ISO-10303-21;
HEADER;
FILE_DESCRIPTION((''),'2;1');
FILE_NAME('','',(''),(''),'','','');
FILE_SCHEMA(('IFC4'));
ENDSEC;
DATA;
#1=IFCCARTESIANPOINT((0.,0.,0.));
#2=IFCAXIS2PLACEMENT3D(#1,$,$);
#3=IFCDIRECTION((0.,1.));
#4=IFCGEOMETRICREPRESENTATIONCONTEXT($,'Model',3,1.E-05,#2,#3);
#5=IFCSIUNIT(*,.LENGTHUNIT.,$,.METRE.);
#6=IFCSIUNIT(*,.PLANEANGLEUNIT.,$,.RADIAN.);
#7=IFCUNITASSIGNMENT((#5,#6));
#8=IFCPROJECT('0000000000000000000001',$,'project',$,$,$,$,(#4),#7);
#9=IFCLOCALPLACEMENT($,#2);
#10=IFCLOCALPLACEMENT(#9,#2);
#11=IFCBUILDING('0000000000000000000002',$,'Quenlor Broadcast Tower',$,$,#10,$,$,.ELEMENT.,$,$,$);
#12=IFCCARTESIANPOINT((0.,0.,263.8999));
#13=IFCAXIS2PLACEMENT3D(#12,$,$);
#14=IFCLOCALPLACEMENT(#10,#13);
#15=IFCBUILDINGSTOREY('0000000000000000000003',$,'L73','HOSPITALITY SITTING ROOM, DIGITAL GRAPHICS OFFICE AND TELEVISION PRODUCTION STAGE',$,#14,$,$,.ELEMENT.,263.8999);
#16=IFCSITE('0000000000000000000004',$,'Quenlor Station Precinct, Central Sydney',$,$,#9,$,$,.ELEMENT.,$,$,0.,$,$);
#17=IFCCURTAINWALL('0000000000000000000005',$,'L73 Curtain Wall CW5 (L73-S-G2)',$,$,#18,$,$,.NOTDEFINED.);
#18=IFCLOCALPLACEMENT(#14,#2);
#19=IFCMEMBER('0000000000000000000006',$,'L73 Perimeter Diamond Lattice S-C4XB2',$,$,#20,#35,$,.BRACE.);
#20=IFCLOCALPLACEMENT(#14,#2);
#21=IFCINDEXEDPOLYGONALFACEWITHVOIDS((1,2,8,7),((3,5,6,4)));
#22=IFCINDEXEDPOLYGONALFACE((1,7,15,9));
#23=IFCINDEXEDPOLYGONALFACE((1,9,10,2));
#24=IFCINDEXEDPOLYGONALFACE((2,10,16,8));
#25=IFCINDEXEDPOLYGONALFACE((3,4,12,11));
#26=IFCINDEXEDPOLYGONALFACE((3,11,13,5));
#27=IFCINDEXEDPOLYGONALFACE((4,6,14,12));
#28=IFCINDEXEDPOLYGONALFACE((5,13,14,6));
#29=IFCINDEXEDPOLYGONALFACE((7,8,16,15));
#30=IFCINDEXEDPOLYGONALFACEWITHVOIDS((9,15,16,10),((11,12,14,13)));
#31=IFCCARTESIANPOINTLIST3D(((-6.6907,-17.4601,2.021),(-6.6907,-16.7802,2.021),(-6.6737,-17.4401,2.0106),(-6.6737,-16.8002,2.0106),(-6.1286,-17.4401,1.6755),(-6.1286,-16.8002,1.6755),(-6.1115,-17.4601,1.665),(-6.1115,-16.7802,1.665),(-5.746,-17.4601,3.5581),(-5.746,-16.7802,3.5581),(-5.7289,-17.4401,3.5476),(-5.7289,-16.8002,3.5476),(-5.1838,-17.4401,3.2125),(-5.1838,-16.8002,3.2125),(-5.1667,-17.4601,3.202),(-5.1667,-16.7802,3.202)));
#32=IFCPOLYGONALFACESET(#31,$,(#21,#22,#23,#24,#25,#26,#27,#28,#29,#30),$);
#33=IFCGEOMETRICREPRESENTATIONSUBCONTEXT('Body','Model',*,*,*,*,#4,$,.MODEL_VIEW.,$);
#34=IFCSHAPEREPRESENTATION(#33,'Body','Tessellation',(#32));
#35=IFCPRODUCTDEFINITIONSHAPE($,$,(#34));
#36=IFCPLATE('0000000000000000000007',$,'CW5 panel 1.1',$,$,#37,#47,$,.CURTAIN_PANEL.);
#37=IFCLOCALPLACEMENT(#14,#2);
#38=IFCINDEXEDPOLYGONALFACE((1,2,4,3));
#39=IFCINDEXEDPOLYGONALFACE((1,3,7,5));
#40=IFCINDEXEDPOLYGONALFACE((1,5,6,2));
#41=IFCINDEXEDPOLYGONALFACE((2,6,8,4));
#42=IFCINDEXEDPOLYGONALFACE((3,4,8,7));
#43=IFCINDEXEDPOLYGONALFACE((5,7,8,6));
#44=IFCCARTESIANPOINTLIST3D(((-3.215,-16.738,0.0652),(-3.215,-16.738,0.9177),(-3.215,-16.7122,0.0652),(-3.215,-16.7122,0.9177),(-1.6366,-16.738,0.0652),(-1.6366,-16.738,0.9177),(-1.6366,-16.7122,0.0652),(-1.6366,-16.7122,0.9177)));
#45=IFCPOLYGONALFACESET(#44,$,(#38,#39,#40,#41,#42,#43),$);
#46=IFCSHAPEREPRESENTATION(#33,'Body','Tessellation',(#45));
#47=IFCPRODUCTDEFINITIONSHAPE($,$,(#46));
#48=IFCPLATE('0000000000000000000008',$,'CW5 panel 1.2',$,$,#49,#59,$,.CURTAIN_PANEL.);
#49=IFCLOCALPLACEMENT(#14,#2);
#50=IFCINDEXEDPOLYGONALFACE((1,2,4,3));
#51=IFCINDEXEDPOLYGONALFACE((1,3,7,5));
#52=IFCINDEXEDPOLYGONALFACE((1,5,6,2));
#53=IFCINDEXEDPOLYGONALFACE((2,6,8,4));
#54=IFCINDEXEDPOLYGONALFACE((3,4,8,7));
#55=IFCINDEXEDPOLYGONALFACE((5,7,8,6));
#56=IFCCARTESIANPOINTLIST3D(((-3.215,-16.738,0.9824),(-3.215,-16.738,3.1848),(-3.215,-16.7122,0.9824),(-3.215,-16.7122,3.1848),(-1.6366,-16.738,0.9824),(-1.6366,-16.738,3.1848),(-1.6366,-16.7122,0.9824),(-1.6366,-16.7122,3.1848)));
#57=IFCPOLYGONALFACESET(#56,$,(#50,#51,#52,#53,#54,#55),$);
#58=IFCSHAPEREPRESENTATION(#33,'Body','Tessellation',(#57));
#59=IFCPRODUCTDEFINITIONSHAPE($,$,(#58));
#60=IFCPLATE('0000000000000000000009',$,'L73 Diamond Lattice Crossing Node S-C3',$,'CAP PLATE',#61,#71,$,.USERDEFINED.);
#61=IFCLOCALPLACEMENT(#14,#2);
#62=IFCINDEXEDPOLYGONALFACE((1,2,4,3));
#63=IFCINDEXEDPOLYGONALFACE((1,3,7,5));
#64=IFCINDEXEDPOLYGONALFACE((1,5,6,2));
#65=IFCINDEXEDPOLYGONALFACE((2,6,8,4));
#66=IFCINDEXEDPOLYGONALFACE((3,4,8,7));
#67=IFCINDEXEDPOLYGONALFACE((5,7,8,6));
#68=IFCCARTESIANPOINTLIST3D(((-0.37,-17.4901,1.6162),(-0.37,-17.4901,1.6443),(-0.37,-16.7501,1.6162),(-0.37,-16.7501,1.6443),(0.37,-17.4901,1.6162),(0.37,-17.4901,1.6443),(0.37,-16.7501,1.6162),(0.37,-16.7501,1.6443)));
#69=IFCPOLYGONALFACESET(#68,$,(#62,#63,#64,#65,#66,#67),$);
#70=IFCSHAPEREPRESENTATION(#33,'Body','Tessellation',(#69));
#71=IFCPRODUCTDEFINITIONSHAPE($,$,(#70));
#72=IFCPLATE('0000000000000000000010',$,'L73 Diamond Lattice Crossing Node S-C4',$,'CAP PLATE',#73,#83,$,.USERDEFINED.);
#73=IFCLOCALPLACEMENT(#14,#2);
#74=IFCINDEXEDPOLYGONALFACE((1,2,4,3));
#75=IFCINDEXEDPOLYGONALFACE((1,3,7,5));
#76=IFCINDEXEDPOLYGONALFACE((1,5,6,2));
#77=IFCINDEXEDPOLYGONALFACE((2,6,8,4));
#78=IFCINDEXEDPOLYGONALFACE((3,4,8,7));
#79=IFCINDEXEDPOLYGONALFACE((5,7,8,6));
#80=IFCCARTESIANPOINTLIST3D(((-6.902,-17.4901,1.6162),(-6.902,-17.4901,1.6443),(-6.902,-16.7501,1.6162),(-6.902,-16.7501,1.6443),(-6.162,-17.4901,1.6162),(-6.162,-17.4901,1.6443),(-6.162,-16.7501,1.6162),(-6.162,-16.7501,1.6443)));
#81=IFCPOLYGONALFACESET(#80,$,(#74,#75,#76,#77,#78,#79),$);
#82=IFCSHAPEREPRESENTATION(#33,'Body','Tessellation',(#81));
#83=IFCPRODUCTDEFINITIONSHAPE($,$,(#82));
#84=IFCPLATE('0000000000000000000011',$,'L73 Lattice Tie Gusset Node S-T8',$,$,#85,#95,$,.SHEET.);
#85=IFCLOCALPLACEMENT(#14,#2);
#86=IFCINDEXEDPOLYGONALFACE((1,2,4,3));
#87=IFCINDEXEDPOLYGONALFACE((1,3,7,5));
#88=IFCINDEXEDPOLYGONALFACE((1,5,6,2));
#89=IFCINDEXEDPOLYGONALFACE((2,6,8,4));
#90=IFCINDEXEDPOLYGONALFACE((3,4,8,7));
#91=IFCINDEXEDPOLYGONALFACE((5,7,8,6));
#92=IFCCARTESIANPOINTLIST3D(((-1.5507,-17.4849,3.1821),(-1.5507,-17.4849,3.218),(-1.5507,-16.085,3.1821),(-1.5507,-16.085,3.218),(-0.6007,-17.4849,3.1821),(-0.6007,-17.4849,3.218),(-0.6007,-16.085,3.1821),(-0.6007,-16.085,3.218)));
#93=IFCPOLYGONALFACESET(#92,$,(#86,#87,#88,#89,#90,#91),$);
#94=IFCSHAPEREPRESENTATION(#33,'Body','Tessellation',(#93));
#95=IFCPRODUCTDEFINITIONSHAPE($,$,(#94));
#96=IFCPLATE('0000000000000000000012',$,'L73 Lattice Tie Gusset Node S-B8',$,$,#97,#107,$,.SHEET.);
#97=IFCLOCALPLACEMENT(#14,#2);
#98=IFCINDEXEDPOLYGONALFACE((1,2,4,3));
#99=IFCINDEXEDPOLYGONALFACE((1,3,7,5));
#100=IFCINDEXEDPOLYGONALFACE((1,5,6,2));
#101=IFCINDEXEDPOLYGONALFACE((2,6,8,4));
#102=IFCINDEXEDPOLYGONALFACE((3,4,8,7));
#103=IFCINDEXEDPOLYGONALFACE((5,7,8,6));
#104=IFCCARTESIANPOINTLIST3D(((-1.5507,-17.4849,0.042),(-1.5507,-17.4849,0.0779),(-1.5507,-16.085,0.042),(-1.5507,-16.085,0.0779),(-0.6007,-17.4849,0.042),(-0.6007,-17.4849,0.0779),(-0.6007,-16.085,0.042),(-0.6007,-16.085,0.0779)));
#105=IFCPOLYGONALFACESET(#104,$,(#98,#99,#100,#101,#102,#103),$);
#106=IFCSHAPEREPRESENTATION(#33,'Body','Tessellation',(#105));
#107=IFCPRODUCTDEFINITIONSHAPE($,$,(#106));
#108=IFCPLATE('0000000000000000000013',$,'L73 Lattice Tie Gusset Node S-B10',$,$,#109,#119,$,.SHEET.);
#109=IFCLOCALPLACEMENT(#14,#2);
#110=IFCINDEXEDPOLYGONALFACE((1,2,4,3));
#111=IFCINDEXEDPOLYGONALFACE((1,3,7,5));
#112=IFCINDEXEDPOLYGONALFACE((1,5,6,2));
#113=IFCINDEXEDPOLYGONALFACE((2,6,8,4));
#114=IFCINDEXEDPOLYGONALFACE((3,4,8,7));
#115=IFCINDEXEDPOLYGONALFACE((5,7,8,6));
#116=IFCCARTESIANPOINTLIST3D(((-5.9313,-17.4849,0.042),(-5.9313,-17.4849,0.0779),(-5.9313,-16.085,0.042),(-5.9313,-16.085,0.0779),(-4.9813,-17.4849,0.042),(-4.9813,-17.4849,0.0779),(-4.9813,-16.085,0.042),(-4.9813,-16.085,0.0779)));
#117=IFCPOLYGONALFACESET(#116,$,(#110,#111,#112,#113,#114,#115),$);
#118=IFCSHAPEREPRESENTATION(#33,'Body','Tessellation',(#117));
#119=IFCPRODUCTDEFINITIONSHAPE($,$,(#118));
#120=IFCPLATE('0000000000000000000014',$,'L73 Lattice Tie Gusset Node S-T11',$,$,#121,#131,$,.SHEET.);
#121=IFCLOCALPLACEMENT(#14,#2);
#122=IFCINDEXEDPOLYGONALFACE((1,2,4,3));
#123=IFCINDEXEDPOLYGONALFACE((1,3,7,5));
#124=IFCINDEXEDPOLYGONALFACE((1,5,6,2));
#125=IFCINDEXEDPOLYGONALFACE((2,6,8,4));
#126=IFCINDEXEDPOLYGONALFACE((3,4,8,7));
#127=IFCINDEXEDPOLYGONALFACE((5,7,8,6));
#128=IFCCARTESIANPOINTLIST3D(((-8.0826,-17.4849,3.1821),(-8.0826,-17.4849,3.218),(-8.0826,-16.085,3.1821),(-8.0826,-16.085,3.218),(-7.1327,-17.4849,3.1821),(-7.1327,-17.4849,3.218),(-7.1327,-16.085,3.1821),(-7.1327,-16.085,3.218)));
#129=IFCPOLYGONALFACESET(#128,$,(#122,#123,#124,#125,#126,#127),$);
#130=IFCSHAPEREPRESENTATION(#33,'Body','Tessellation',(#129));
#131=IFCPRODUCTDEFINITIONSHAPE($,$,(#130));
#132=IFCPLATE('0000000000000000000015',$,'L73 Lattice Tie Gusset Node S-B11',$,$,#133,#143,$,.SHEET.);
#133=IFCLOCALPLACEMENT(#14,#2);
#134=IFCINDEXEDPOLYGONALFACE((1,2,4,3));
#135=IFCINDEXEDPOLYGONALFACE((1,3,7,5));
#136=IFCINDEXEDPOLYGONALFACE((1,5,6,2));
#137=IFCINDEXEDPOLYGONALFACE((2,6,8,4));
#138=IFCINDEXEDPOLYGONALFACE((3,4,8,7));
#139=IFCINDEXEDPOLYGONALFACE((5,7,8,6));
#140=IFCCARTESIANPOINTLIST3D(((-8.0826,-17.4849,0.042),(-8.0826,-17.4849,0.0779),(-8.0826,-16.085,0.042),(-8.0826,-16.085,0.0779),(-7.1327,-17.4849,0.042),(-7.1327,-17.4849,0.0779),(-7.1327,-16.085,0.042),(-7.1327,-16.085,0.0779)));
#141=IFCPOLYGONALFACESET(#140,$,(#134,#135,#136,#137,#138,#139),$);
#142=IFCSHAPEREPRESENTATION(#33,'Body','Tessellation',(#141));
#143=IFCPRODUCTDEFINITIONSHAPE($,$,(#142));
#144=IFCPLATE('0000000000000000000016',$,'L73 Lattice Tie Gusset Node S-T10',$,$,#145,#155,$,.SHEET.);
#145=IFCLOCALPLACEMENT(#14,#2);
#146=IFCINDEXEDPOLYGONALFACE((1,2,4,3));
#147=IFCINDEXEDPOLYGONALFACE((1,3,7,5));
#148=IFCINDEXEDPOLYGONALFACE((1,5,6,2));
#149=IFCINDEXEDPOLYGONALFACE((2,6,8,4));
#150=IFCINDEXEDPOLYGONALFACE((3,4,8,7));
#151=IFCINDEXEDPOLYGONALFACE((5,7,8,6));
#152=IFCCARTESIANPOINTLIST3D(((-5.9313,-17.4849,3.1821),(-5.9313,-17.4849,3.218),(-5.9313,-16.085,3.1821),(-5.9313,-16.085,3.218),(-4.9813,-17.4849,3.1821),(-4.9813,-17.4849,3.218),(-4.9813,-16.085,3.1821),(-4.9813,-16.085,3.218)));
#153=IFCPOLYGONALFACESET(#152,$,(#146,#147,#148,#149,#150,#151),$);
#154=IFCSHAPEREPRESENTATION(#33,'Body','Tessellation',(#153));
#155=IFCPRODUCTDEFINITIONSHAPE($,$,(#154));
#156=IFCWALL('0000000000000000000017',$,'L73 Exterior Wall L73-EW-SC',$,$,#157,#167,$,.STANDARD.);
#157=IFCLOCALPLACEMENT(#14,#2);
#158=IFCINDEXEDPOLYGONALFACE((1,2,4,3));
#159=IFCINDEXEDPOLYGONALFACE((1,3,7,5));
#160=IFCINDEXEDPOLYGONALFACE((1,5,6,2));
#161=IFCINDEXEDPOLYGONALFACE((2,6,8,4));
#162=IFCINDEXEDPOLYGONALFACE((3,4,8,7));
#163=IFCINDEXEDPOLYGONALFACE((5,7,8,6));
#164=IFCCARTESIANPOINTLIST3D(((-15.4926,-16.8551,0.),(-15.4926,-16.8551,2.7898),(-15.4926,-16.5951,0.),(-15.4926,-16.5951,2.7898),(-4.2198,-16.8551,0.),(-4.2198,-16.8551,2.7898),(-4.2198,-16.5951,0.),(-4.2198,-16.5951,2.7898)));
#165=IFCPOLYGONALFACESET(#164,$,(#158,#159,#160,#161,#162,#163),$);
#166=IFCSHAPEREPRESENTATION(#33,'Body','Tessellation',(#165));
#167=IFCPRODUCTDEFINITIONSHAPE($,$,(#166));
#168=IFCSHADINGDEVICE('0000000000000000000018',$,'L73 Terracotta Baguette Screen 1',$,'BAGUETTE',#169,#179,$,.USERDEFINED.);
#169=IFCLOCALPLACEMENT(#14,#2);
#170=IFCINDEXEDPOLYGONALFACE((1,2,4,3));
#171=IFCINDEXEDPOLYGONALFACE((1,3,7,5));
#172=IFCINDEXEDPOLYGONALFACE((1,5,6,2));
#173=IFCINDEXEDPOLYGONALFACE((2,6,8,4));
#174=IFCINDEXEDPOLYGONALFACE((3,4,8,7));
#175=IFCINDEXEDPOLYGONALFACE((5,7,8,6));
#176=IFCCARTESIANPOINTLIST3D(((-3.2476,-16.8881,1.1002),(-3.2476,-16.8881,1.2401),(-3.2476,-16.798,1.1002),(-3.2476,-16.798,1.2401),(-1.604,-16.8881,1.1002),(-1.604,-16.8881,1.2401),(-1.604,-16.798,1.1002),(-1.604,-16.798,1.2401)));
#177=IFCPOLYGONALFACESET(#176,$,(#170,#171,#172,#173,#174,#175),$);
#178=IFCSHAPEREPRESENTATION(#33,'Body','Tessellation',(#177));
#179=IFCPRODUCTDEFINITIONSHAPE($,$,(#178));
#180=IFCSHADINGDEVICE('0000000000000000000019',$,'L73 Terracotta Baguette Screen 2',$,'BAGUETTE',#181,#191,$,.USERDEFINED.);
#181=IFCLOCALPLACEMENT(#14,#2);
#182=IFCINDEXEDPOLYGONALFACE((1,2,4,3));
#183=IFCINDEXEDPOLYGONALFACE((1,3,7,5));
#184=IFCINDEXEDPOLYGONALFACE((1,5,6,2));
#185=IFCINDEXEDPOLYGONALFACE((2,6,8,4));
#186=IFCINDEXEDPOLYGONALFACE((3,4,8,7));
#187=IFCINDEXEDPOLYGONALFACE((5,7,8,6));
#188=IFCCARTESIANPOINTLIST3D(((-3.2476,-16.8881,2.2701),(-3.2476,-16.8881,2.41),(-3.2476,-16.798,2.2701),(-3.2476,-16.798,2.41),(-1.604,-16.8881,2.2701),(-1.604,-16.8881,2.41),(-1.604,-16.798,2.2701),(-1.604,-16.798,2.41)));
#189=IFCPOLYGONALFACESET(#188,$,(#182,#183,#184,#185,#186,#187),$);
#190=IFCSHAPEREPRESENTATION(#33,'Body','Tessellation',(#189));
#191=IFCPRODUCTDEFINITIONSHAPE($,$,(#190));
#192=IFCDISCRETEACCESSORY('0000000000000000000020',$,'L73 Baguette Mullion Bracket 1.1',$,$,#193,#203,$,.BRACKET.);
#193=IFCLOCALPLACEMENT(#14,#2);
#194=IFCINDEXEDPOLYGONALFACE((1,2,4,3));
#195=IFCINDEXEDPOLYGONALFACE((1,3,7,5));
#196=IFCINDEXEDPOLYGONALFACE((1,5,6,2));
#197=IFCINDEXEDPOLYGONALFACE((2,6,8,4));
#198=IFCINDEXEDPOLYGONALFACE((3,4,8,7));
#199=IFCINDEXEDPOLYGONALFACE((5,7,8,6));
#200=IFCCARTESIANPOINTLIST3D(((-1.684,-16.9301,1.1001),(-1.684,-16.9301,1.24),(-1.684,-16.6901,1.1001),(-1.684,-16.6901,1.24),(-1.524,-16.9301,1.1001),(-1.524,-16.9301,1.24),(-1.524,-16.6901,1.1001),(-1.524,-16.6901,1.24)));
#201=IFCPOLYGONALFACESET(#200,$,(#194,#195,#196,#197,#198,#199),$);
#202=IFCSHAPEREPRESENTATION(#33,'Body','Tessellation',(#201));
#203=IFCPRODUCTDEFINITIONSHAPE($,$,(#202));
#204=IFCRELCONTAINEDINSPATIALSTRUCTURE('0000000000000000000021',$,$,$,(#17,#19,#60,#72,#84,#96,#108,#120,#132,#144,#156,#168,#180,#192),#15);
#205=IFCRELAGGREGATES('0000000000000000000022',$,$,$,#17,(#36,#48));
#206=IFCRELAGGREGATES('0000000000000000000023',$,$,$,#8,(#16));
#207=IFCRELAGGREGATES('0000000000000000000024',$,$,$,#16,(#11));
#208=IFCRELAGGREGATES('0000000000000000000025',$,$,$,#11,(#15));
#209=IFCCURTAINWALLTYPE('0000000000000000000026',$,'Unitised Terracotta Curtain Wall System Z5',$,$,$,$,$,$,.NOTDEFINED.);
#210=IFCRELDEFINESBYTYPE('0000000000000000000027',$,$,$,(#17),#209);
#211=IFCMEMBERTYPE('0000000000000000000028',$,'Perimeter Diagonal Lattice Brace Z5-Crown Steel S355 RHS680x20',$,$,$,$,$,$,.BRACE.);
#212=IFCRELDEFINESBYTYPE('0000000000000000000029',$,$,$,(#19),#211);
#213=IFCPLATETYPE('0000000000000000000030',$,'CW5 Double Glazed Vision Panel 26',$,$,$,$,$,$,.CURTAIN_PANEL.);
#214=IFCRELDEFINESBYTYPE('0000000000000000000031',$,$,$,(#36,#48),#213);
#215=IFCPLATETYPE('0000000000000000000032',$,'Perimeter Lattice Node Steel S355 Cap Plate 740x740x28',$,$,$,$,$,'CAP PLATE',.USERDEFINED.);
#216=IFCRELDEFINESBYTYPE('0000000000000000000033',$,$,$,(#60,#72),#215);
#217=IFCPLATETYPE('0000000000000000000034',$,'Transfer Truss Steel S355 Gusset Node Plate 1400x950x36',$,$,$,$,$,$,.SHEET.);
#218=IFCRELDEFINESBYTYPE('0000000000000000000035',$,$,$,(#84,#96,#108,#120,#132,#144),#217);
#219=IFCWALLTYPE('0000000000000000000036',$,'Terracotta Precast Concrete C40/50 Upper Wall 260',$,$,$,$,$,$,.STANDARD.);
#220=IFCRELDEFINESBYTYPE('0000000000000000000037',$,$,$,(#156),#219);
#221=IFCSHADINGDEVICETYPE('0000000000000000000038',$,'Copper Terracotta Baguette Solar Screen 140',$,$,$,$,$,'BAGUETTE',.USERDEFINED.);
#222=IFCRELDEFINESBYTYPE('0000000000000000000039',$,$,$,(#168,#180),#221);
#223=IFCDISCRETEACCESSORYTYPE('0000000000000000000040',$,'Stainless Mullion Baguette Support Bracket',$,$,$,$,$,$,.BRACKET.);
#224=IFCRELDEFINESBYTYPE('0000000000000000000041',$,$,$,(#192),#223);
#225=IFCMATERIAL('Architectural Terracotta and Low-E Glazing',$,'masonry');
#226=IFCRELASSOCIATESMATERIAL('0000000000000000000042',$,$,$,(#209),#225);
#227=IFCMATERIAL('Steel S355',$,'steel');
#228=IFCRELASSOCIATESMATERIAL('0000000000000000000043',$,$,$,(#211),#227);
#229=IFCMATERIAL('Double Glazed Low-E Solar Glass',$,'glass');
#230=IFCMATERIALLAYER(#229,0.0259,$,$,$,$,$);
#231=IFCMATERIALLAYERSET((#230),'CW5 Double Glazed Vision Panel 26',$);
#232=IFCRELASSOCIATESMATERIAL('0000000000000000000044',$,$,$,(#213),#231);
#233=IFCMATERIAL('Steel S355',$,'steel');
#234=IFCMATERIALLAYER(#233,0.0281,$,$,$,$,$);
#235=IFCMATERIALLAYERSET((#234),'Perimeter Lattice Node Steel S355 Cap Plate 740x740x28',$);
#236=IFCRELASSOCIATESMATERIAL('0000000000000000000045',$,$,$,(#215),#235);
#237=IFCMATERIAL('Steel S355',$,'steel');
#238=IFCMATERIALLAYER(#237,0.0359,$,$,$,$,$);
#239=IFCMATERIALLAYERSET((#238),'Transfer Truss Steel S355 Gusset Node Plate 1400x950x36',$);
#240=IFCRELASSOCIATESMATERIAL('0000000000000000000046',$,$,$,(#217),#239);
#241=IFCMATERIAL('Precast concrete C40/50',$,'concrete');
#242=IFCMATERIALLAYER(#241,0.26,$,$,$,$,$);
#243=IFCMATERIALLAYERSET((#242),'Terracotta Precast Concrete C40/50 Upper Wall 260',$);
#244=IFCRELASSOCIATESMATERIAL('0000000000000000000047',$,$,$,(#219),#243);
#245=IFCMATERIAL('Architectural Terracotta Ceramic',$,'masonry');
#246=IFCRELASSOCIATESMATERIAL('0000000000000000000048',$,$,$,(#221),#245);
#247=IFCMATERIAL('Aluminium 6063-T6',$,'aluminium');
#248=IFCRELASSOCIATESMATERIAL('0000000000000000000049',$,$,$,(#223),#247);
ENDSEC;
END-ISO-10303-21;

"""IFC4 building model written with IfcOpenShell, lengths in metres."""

from ifc_helpers import new_model, si_unit, direction, frame, frame_2d, origin, origin_2d, place, context, subcontext, project, spatial, rectangle, hollow_rectangle, extrude, material, layer, layer_set, material_profile, profile_set, type_object, element, aggregate, save


model = new_model("IFC4")

# Units and contexts
model_context = context("Model", 3, precision=1e-05, world=origin(), true_north=direction((0.0, 1.0)))
body_context = subcontext(model_context, "Body", "Model", "MODEL_VIEW")
ifc_project = project(units=[si_unit("LENGTHUNIT", "METRE"), si_unit("PLANEANGLEUNIT", "RADIAN")], contexts=[model_context])

# Site, building, storey
site_placement = place(None, origin())
site = spatial("IfcSite", under=ifc_project, at=site_placement, Name="Quenlor Station Precinct, Central Sydney", CompositionType="ELEMENT", RefElevation=0.0)
building_placement = place(site_placement, origin())
building = spatial("IfcBuilding", under=site, at=building_placement, Name="Quenlor Broadcast Tower", CompositionType="ELEMENT")
storey_placement = place(building_placement, frame((0.0, 0.0, 263.8999)))
storey = spatial("IfcBuildingStorey", under=building, at=storey_placement, Name="L73", Description="HOSPITALITY SITTING ROOM, DIGITAL GRAPHICS OFFICE AND TELEVISION PRODUCTION STAGE", CompositionType="ELEMENT", Elevation=263.8999)

# Curtain wall
ifc_material_1 = material(Name="Architectural Terracotta and Low-E Glazing", Category="masonry")
curtain_wall_type = type_object("IfcCurtainWallType", Name="Unitised Terracotta Curtain Wall System Z5", PredefinedType="NOTDEFINED", material=ifc_material_1)
curtain_wall_placement = place(storey_placement, origin())
curtain_wall = element("IfcCurtainWall", 1, at=curtain_wall_placement, inside=storey, type_object=curtain_wall_type, Name="L73 Curtain Wall CW5 (L73-S-G2)", PredefinedType="NOTDEFINED")

# Member
ifc_material_2 = material(Name="Steel S355", Category="steel")
ifc_material_profile_1 = material_profile(ifc_material_2, hollow_rectangle(XDim=0.6799, YDim=0.6799, WallThickness=0.02, at=origin_2d()))
ifc_profile_set_1 = profile_set([ifc_material_profile_1], Name="Steel S355 RHS680x680x20")
member_type_1 = type_object("IfcMemberType", Name="Perimeter Diagonal Lattice Brace Z5-Crown Steel S355 RHS680x20", PredefinedType="BRACE", material=ifc_profile_set_1)
member_1_placement = place(storey_placement, frame((-6.4011, -17.1201, 1.843), z_axis=(0.523659, 0.0, 0.851928), x_axis=(0.0, 1.0, 0.0)))
element("IfcMember", 2, at=member_1_placement, inside=storey, type_object=member_type_1, Name="L73 Perimeter Diamond Lattice S-C4XB2", PredefinedType="BRACE", context=body_context, shape_type="SweptSolid", body=[
    extrude(hollow_rectangle(XDim=0.6799, YDim=0.6799, WallThickness=0.02, at=origin_2d()), origin(), (0.0, 0.0, 1.0), 1.8042),
])

# Plates
ifc_material_3 = material(Name="Double Glazed Low-E Solar Glass", Category="glass")
ifc_layer_1 = layer(ifc_material_3, 0.0259)
ifc_layer_set_1 = layer_set([ifc_layer_1], Name="CW5 Double Glazed Vision Panel 26")
plate_type_1 = type_object("IfcPlateType", Name="CW5 Double Glazed Vision Panel 26", PredefinedType="CURTAIN_PANEL", material=ifc_layer_set_1)
plate_1_placement = place(storey_placement, frame((-2.4258, -16.7251, 0.0652), z_axis=(0.0, 0.0, 1.0), x_axis=(-1.0, 0.0, 0.0)))
plate_1 = element("IfcPlate", 3, at=plate_1_placement, type_object=plate_type_1, Name="CW5 panel 1.1", PredefinedType="CURTAIN_PANEL", context=body_context, shape_type="SweptSolid", body=[
    extrude(rectangle(XDim=1.5784, YDim=0.0259, at=origin_2d()), origin(), (0.0, 0.0, 1.0), 0.8525),
])
plate_2_placement = place(storey_placement, frame((-2.4258, -16.7251, 0.9824), z_axis=(0.0, 0.0, 1.0), x_axis=(-1.0, 0.0, 0.0)))
plate_2 = element("IfcPlate", 4, at=plate_2_placement, type_object=plate_type_1, Name="CW5 panel 1.2", PredefinedType="CURTAIN_PANEL", context=body_context, shape_type="SweptSolid", body=[
    extrude(rectangle(XDim=1.5784, YDim=0.0259, at=origin_2d()), origin(), (0.0, 0.0, 1.0), 2.2024),
])
aggregate(curtain_wall, [plate_1, plate_2])

# Plates
ifc_material_4 = material(Name="Steel S355", Category="steel")
ifc_layer_2 = layer(ifc_material_4, 0.0281)
ifc_layer_set_2 = layer_set([ifc_layer_2], Name="Perimeter Lattice Node Steel S355 Cap Plate 740x740x28")
plate_type_2 = type_object("IfcPlateType", Name="Perimeter Lattice Node Steel S355 Cap Plate 740x740x28", ElementType="CAP PLATE", PredefinedType="USERDEFINED", material=ifc_layer_set_2)
for number, where, z_axis, x_axis, name in (
    (5, (0.0, -17.1201, 1.6162), (0.0, 0.0, 1.0), (-1.0, 0.0, 0.0), "L73 Diamond Lattice Crossing Node S-C3"),
    (6, (-6.532, -17.1201, 1.6162), (0.0, 0.0, 1.0), (-1.0, 0.0, 0.0), "L73 Diamond Lattice Crossing Node S-C4"),
):
    element("IfcPlate", number, at=place(storey_placement, frame(where, z_axis=z_axis, x_axis=x_axis)), inside=storey, type_object=plate_type_2, Name=name, ObjectType="CAP PLATE", PredefinedType="USERDEFINED", context=body_context, shape_type="SweptSolid", body=[
        extrude(rectangle(XDim=0.74, YDim=0.74, at=origin_2d()), origin(), (0.0, 0.0, 1.0), 0.0281),
    ])
ifc_material_5 = material(Name="Steel S355", Category="steel")
ifc_layer_3 = layer(ifc_material_5, 0.0359)
ifc_layer_set_3 = layer_set([ifc_layer_3], Name="Transfer Truss Steel S355 Gusset Node Plate 1400x950x36")
plate_type_3 = type_object("IfcPlateType", Name="Transfer Truss Steel S355 Gusset Node Plate 1400x950x36", PredefinedType="SHEET", material=ifc_layer_set_3)
for number, where, z_axis, x_axis, name in (
    (7, (-1.0757, -16.7849, 3.1821), (0.0, 0.0, 1.0), (0.0, -1.0, 0.0), "L73 Lattice Tie Gusset Node S-T8"),
    (8, (-1.0757, -16.7849, 0.042), (0.0, 0.0, 1.0), (0.0, -1.0, 0.0), "L73 Lattice Tie Gusset Node S-B8"),
    (9, (-5.4563, -16.7849, 0.042), (0.0, 0.0, 1.0), (0.0, -1.0, 0.0), "L73 Lattice Tie Gusset Node S-B10"),
    (10, (-7.6077, -16.7849, 3.1821), (0.0, 0.0, 1.0), (0.0, -1.0, 0.0), "L73 Lattice Tie Gusset Node S-T11"),
    (11, (-7.6077, -16.7849, 0.042), (0.0, 0.0, 1.0), (0.0, -1.0, 0.0), "L73 Lattice Tie Gusset Node S-B11"),
    (12, (-5.4563, -16.7849, 3.1821), (0.0, 0.0, 1.0), (0.0, -1.0, 0.0), "L73 Lattice Tie Gusset Node S-T10"),
):
    element("IfcPlate", number, at=place(storey_placement, frame(where, z_axis=z_axis, x_axis=x_axis)), inside=storey, type_object=plate_type_3, Name=name, PredefinedType="SHEET", context=body_context, shape_type="SweptSolid", body=[
        extrude(rectangle(XDim=1.3999, YDim=0.95, at=origin_2d()), origin(), (0.0, 0.0, 1.0), 0.0359),
    ])

# Wall
ifc_material_6 = material(Name="Precast concrete C40/50", Category="concrete")
ifc_layer_4 = layer(ifc_material_6, 0.26)
ifc_layer_set_4 = layer_set([ifc_layer_4], Name="Terracotta Precast Concrete C40/50 Upper Wall 260")
wall_type = type_object("IfcWallType", Name="Terracotta Precast Concrete C40/50 Upper Wall 260", PredefinedType="STANDARD", material=ifc_layer_set_4)
wall_placement = place(storey_placement, frame((-4.22, -16.7251, 0.0), z_axis=(0.0, 0.0, 1.0), x_axis=(-1.0, 0.0, 0.0)))
element("IfcWall", 13, at=wall_placement, inside=storey, type_object=wall_type, Name="L73 Exterior Wall L73-EW-SC", PredefinedType="STANDARD", context=body_context, shape_type="SweptSolid", body=[
    extrude(rectangle(XDim=11.2727, YDim=0.26, at=frame_2d((5.6362, 0.0))), origin(), (0.0, 0.0, 1.0), 2.7898),
])

# Shading devices
ifc_material_7 = material(Name="Architectural Terracotta Ceramic", Category="masonry")
ifc_material_profile_2 = material_profile(ifc_material_7, rectangle(XDim=0.0901, YDim=0.1399, at=origin_2d()))
ifc_profile_set_2 = profile_set([ifc_material_profile_2], Name="Architectural Terracotta Ceramic BAG90x140")
shading_device_type = type_object("IfcShadingDeviceType", Name="Copper Terracotta Baguette Solar Screen 140", ElementType="BAGUETTE", PredefinedType="USERDEFINED", material=ifc_profile_set_2)
for number, where, z_axis, x_axis, name in (
    (14, (-1.604, -16.843, 1.1702), (-1.0, 0.0, 0.0), (0.0, -1.0, 0.0), "L73 Terracotta Baguette Screen 1"),
    (15, (-1.604, -16.843, 2.3401), (-1.0, 0.0, 0.0), (0.0, -1.0, 0.0), "L73 Terracotta Baguette Screen 2"),
):
    element("IfcShadingDevice", number, at=place(storey_placement, frame(where, z_axis=z_axis, x_axis=x_axis)), inside=storey, type_object=shading_device_type, Name=name, ObjectType="BAGUETTE", PredefinedType="USERDEFINED", context=body_context, shape_type="SweptSolid", body=[
        extrude(rectangle(XDim=0.0901, YDim=0.1399, at=origin_2d()), origin(), (0.0, 0.0, 1.0), 1.6436),
    ])

# Discrete accessory
ifc_material_8 = material(Name="Aluminium 6063-T6", Category="aluminium")
discrete_accessory_type = type_object("IfcDiscreteAccessoryType", Name="Stainless Mullion Baguette Support Bracket", PredefinedType="BRACKET", material=ifc_material_8)
for number, where, z_axis, x_axis, name in (
    (16, (-1.604, -16.8101, 1.1001), (0.0, 0.0, 1.0), (-1.0, 0.0, 0.0), "L73 Baguette Mullion Bracket 1.1"),
):
    element("IfcDiscreteAccessory", number, at=place(storey_placement, frame(where, z_axis=z_axis, x_axis=x_axis)), inside=storey, type_object=discrete_accessory_type, Name=name, PredefinedType="BRACKET", context=body_context, shape_type="SweptSolid", body=[
        extrude(rectangle(XDim=0.1599, YDim=0.24, at=origin_2d()), origin(), (0.0, 0.0, 1.0), 0.1399),
    ])

save(model, "model.ifc")
